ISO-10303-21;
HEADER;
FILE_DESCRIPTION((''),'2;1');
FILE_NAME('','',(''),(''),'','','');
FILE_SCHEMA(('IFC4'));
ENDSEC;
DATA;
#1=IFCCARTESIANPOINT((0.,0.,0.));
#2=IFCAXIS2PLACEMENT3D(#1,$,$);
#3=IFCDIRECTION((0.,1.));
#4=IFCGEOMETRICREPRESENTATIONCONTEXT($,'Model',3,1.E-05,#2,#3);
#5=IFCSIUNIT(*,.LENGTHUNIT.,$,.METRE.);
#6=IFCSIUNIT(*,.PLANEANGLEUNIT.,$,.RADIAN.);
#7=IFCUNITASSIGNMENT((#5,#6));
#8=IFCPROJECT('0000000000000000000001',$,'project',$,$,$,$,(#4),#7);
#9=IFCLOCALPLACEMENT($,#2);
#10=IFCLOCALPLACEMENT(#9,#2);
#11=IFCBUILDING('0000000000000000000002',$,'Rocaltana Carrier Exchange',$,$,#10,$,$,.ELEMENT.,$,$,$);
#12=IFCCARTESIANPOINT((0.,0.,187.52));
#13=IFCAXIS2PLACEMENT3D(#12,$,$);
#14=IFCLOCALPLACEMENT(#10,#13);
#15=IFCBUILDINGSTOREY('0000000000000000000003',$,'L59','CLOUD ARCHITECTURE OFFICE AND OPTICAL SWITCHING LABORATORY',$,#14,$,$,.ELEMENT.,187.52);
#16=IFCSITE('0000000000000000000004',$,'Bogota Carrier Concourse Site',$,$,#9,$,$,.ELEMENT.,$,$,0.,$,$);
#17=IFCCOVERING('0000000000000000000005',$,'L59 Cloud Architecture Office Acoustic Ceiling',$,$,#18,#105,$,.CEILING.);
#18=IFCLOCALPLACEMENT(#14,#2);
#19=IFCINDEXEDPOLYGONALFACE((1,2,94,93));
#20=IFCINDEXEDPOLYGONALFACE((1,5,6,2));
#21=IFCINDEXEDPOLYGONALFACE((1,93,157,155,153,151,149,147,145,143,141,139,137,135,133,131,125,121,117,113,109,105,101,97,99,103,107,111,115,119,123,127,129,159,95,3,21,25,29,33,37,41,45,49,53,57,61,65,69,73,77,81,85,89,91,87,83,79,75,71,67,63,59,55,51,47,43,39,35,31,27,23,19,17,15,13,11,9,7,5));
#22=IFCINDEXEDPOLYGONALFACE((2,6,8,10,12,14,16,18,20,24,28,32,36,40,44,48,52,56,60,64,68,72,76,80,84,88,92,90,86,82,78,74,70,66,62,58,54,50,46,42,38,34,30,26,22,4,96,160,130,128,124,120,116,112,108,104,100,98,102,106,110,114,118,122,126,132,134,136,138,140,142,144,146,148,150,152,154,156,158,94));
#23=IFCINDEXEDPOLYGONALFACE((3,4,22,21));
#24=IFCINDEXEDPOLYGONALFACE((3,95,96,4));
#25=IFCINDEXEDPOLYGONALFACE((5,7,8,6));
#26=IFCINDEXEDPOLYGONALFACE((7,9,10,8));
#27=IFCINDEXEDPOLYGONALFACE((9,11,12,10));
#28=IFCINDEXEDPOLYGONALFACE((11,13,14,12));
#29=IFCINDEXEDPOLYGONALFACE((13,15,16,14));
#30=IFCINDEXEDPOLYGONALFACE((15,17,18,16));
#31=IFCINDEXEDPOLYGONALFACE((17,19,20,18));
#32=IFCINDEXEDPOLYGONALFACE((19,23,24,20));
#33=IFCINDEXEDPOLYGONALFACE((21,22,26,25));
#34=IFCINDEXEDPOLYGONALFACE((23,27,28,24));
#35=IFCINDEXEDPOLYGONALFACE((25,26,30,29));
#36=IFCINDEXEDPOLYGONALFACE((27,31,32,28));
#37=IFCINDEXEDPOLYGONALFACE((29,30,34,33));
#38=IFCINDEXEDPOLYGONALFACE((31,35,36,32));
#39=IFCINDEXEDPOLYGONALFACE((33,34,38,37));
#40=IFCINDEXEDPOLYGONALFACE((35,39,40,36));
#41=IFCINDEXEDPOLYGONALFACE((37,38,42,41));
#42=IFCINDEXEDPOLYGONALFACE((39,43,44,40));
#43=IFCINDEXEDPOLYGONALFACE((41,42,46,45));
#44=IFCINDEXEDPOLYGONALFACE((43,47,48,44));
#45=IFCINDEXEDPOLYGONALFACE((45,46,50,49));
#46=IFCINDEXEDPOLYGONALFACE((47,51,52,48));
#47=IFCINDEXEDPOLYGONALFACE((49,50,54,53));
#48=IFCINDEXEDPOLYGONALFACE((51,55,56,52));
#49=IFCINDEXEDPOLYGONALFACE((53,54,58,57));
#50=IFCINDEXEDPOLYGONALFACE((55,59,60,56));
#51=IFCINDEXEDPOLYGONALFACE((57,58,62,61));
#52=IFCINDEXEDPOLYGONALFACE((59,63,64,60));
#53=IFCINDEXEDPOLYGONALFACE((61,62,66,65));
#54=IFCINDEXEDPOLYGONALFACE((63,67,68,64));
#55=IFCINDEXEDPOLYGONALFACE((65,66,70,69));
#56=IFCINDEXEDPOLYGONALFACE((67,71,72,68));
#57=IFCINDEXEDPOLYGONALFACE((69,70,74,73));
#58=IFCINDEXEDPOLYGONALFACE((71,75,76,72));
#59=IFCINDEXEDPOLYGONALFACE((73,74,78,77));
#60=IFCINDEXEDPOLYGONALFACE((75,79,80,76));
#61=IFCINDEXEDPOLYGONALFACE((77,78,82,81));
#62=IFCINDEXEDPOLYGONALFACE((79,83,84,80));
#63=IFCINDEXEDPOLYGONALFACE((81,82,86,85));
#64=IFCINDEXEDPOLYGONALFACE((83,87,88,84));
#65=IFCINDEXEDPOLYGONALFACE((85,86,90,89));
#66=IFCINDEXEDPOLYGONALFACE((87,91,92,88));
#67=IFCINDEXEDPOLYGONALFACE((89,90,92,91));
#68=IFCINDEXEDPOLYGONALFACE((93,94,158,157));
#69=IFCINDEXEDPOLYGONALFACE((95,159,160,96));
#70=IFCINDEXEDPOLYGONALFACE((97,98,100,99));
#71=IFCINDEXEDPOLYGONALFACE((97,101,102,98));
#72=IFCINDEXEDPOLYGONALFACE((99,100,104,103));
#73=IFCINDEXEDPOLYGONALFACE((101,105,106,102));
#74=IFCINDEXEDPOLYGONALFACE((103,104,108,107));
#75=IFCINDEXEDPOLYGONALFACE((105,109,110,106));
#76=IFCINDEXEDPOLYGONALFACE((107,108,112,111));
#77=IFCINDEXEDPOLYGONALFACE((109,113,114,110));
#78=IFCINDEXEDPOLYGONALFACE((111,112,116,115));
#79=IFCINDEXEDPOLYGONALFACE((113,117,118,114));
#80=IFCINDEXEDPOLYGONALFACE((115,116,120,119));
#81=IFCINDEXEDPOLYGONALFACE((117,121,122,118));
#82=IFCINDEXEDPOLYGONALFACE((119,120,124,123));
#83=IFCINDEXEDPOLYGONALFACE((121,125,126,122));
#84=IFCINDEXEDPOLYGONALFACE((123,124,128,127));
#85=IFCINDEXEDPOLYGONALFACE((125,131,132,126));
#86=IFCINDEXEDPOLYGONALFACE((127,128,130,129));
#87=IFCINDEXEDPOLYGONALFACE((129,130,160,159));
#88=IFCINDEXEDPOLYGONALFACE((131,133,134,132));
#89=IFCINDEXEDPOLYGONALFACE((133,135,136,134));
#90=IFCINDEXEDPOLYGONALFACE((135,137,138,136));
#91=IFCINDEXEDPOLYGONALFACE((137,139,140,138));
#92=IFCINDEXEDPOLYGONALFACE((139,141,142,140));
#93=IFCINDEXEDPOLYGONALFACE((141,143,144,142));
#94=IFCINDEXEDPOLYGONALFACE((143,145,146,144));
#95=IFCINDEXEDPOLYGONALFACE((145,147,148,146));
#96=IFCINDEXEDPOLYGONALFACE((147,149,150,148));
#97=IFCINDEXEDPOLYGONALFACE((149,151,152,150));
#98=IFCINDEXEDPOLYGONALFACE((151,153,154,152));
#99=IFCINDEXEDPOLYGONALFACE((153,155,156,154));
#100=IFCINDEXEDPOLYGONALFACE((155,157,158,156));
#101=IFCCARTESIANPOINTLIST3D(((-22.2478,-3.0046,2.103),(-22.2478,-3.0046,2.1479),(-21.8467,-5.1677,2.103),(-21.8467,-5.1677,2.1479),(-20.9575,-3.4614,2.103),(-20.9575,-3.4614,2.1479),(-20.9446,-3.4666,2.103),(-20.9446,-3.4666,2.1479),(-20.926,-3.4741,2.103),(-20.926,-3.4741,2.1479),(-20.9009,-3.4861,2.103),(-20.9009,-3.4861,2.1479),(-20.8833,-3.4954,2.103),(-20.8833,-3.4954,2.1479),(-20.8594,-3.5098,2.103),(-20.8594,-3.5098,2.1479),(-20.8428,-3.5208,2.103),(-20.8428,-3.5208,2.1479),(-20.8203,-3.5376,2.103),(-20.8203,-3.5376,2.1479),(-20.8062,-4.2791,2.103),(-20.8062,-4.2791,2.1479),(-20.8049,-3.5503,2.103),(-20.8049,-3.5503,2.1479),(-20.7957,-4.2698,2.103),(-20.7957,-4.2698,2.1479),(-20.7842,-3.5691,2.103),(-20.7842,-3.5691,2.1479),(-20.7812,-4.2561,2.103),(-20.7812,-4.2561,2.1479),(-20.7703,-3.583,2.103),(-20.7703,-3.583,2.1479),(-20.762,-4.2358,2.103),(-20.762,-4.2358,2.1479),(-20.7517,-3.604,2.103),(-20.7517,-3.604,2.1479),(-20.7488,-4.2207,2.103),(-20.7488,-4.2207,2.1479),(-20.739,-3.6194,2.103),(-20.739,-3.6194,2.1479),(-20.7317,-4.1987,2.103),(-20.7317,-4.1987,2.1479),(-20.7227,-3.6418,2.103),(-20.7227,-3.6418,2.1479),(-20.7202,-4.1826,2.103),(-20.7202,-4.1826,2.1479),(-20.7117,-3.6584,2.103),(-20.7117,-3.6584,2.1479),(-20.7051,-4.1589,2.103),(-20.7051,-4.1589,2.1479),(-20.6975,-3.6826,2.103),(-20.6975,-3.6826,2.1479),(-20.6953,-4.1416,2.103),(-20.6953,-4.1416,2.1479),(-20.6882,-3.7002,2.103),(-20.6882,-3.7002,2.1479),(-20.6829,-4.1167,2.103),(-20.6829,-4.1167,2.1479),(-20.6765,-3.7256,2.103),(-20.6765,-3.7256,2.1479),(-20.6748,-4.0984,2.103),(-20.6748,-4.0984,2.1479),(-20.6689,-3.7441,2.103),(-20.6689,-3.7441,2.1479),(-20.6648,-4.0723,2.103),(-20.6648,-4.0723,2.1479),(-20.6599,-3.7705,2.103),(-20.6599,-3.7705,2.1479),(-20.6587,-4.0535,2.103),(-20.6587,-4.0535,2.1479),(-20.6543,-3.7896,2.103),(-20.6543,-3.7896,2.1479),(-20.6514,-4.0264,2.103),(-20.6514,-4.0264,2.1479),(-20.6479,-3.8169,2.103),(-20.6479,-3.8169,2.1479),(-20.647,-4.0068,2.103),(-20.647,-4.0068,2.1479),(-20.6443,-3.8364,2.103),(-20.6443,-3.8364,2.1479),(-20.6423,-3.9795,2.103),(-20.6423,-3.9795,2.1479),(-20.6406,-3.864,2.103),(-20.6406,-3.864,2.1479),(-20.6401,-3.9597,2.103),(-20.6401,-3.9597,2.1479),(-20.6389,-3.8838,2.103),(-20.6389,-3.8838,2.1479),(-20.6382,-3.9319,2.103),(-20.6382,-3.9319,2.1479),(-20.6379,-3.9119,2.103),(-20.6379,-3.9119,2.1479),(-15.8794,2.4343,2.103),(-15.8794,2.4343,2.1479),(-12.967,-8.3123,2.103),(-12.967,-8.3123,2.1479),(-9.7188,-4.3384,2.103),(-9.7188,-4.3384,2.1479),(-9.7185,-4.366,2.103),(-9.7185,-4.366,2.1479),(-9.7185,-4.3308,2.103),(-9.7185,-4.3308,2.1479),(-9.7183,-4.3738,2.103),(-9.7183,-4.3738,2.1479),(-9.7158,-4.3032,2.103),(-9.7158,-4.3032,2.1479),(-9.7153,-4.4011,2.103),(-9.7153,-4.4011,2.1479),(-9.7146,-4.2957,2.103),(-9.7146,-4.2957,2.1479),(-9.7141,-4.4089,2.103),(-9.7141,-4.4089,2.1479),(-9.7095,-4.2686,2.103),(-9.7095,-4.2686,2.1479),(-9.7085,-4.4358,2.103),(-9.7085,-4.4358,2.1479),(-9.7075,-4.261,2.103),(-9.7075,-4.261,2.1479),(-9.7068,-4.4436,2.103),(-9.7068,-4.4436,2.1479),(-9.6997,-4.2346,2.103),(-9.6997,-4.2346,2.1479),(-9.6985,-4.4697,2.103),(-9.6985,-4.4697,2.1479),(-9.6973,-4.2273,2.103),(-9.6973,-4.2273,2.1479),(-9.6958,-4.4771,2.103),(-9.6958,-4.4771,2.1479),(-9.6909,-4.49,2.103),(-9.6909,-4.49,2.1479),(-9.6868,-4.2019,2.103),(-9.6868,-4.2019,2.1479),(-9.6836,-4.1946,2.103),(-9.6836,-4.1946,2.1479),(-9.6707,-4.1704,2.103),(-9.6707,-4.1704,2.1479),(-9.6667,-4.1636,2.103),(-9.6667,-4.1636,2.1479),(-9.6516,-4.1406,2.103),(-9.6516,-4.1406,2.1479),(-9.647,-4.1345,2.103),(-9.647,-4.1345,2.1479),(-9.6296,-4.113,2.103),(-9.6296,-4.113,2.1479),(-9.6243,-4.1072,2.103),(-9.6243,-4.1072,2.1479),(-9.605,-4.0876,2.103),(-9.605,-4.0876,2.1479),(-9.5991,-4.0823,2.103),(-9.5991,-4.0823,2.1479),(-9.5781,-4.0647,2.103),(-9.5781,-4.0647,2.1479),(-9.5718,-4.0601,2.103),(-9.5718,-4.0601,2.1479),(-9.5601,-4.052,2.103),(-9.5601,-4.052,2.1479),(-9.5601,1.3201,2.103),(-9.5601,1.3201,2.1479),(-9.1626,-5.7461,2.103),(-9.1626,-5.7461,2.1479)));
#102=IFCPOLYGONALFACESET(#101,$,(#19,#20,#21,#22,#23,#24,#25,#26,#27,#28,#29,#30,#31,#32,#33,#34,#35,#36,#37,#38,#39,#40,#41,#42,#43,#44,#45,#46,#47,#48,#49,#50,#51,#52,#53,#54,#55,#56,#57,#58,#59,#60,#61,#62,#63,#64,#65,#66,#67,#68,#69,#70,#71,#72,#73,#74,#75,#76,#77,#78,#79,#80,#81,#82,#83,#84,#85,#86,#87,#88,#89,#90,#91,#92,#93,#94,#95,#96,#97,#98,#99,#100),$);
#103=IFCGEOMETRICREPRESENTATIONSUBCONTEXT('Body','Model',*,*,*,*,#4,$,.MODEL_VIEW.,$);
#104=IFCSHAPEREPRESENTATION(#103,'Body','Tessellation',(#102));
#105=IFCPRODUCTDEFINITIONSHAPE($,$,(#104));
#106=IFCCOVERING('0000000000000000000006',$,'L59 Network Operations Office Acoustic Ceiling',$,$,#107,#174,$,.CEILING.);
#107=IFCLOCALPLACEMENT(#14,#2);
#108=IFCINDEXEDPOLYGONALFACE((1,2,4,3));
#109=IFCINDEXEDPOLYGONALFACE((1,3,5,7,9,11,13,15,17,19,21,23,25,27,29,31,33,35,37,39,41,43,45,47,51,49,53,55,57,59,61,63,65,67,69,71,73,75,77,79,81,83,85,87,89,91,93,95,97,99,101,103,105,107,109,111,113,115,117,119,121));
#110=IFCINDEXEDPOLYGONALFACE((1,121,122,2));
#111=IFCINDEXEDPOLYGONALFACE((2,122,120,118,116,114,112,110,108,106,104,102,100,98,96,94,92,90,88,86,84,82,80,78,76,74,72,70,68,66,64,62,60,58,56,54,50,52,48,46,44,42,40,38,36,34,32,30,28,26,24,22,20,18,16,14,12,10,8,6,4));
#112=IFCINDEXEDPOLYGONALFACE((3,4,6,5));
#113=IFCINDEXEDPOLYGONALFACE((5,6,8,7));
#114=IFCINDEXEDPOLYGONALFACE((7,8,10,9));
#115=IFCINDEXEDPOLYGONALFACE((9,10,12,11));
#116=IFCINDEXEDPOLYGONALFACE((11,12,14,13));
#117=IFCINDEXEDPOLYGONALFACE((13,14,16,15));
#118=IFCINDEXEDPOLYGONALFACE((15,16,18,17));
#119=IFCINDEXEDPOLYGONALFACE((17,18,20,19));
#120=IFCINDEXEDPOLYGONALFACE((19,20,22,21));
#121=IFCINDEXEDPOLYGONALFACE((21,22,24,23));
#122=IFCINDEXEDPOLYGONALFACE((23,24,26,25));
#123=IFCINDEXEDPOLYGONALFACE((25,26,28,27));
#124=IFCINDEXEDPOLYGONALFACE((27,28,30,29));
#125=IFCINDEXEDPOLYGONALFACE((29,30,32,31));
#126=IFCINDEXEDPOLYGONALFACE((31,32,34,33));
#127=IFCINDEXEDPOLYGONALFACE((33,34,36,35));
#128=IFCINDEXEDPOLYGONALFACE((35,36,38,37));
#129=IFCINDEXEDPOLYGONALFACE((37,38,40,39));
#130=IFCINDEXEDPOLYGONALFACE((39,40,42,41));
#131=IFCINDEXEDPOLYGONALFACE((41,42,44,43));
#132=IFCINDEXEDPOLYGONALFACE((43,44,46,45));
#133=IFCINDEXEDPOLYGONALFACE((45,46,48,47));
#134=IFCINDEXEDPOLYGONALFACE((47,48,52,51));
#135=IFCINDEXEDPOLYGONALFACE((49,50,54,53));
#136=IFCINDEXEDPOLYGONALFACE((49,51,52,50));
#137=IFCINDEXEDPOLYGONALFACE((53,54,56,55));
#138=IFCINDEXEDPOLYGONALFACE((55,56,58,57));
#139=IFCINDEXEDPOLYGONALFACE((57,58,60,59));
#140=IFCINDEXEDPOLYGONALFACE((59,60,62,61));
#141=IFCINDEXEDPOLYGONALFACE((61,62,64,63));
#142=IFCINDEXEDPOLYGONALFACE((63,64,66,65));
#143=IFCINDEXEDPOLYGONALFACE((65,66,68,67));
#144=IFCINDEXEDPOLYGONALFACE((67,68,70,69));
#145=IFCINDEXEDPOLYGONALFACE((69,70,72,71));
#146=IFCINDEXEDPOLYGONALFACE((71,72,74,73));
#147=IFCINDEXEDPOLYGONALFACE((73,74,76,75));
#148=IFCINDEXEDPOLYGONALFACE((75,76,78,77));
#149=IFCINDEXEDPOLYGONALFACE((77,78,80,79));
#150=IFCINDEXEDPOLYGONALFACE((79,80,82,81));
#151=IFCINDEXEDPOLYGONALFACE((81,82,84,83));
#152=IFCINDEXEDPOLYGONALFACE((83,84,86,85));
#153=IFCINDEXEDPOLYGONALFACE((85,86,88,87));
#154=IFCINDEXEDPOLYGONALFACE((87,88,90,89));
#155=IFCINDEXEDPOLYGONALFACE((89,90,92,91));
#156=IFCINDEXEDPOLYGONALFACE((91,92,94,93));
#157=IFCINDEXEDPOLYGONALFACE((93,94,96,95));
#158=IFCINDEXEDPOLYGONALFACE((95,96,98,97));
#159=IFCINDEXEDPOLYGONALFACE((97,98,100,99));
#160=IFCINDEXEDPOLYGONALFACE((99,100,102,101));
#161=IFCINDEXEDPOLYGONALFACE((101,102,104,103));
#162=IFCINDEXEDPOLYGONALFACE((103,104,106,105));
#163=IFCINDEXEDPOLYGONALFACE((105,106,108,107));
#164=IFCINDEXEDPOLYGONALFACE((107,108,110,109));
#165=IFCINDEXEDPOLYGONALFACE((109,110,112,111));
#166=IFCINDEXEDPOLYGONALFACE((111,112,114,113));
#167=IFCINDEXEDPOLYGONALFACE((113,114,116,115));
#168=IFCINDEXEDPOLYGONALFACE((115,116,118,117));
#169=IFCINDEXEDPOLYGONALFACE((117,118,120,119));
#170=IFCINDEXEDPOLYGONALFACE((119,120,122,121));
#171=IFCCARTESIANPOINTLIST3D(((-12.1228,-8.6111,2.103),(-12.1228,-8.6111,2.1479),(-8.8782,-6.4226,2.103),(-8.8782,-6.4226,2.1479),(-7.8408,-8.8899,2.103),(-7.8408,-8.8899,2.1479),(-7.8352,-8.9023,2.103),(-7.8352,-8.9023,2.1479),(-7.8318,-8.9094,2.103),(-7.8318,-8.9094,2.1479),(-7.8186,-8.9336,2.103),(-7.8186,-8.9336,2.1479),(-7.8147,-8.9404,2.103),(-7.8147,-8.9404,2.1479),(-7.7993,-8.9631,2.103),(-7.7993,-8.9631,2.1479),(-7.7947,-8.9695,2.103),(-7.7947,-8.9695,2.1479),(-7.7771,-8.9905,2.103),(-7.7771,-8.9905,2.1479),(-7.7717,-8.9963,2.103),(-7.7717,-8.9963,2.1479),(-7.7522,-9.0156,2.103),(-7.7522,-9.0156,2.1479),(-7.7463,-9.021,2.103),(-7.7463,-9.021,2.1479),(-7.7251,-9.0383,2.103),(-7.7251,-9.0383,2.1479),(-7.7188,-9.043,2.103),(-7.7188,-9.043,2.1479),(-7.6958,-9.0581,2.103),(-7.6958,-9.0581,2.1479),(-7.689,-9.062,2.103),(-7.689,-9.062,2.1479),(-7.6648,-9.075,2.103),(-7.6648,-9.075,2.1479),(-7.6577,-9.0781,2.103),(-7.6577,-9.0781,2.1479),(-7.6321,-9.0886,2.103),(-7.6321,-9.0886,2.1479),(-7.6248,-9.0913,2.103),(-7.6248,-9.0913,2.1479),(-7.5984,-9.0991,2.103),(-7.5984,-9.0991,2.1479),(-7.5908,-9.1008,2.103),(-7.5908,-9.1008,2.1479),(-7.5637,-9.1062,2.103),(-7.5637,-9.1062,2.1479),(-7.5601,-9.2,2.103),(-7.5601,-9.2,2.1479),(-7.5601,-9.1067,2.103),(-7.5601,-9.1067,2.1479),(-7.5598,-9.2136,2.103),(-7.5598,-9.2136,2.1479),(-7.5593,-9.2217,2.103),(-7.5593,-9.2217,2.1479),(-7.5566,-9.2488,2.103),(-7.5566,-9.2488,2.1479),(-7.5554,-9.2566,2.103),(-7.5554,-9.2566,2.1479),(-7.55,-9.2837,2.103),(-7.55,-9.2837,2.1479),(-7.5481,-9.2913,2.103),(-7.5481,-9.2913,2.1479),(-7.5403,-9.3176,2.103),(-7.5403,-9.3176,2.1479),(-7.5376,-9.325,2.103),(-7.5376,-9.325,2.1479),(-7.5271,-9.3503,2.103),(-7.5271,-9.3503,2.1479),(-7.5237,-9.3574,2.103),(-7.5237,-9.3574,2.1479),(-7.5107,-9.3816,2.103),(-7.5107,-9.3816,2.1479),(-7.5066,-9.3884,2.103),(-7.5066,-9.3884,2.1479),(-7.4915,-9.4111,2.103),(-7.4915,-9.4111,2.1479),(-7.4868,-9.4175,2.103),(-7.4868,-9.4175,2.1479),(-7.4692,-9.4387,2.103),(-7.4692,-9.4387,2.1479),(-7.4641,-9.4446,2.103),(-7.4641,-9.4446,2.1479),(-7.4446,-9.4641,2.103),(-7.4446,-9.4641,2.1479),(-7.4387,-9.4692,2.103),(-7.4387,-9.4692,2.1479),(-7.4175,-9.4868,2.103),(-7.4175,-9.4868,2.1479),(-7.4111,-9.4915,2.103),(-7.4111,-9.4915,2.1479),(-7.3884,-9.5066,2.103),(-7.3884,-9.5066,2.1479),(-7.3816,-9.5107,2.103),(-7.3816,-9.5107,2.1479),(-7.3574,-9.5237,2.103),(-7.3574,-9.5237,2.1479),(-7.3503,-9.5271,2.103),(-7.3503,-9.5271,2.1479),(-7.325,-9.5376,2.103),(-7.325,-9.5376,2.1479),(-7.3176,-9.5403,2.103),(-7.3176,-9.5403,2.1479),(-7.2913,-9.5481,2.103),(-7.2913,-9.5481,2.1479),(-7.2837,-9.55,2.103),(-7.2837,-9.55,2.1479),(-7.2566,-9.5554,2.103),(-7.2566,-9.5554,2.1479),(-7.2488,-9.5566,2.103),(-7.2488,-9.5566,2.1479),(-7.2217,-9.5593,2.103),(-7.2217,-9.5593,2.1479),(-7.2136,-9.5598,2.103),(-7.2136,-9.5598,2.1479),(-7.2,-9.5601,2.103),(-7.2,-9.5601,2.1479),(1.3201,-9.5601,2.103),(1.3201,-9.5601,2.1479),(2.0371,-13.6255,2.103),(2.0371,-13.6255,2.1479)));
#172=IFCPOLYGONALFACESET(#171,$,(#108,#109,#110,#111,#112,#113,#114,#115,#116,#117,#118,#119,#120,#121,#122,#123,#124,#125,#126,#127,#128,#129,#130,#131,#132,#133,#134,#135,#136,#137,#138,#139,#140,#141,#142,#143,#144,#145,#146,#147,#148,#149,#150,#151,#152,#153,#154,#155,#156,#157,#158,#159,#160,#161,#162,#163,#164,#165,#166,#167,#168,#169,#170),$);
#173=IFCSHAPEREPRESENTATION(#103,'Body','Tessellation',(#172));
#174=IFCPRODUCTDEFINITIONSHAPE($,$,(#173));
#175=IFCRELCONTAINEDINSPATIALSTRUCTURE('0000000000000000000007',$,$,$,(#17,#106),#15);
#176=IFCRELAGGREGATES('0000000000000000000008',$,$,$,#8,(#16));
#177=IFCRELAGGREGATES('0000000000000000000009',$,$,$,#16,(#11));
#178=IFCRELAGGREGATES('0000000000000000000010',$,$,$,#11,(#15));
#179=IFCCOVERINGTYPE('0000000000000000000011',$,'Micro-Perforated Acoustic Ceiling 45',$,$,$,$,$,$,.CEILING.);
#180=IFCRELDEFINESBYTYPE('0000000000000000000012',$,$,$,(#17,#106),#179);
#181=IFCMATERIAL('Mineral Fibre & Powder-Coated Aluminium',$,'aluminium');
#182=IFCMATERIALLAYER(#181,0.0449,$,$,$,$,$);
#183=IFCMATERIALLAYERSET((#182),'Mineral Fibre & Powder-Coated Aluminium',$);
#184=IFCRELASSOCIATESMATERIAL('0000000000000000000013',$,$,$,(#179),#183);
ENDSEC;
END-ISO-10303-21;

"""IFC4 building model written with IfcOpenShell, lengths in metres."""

from ifc_helpers import new_model, si_unit, direction, frame, origin, place, context, subcontext, project, spatial, polyline, outline, extrude, material, layer, layer_set, type_object, element, save


model = new_model("IFC4")

# Units and contexts
model_context = context("Model", 3, precision=1e-05, world=origin(), true_north=direction((0.0, 1.0)))
body_context = subcontext(model_context, "Body", "Model", "MODEL_VIEW")
ifc_project = project(units=[si_unit("LENGTHUNIT", "METRE"), si_unit("PLANEANGLEUNIT", "RADIAN")], contexts=[model_context])

# Site, building, storey
site_placement = place(None, origin())
site = spatial("IfcSite", under=ifc_project, at=site_placement, Name="Bogota Carrier Concourse Site", CompositionType="ELEMENT", RefElevation=0.0)
building_placement = place(site_placement, origin())
building = spatial("IfcBuilding", under=site, at=building_placement, Name="Rocaltana Carrier Exchange", CompositionType="ELEMENT")
storey_placement = place(building_placement, frame((0.0, 0.0, 187.52)))
storey = spatial("IfcBuildingStorey", under=building, at=storey_placement, Name="L59", Description="CLOUD ARCHITECTURE OFFICE AND OPTICAL SWITCHING LABORATORY", CompositionType="ELEMENT", Elevation=187.52)

# Coverings
ifc_material_1 = material(Name="Mineral Fibre & Powder-Coated Aluminium", Category="aluminium")
ifc_layer_1 = layer(ifc_material_1, 0.0449)
ifc_layer_set_1 = layer_set([ifc_layer_1], Name="Mineral Fibre & Powder-Coated Aluminium")
covering_type_1 = type_object("IfcCoveringType", Name="Micro-Perforated Acoustic Ceiling 45", PredefinedType="CEILING", material=ifc_layer_set_1)
covering_1_placement = place(storey_placement, frame((0.0, 0.0, 2.103)))
element("IfcCovering", 1, at=covering_1_placement, inside=storey, type_object=covering_type_1, Name="L59 Cloud Architecture Office Acoustic Ceiling", PredefinedType="CEILING", context=body_context, shape_type="SweptSolid", body=[
    extrude(outline(polyline([(-20.8062, -4.2791), (-20.7957, -4.2698), (-20.7812, -4.2561), (-20.762, -4.2358), (-20.7488, -4.2207), (-20.7317, -4.1987), (-20.7202, -4.1826), (-20.7051, -4.1589), (-20.6953, -4.1416), (-20.6829, -4.1167), (-20.6748, -4.0984), (-20.6648, -4.0723), (-20.6587, -4.0535), (-20.6514, -4.0264), (-20.647, -4.0068), (-20.6423, -3.9795), (-20.6401, -3.9597), (-20.6382, -3.9319), (-20.6379, -3.9119), (-20.6389, -3.8838), (-20.6406, -3.864), (-20.6443, -3.8364), (-20.6479, -3.8169), (-20.6543, -3.7896), (-20.6599, -3.7705), (-20.6689, -3.7441), (-20.6765, -3.7256), (-20.6882, -3.7002), (-20.6975, -3.6826), (-20.7117, -3.6584), (-20.7227, -3.6418), (-20.739, -3.6194), (-20.7517, -3.604), (-20.7703, -3.583), (-20.7842, -3.5691), (-20.8049, -3.5503), (-20.8203, -3.5376), (-20.8428, -3.5208), (-20.8594, -3.5098), (-20.8833, -3.4954), (-20.9009, -3.4861), (-20.926, -3.4741), (-20.9446, -3.4666), (-20.9575, -3.4614), (-22.2478, -3.0046), (-15.8794, 2.4343), (-9.5601, 1.3201), (-9.5601, -4.052), (-9.5718, -4.0601), (-9.5781, -4.0647), (-9.5991, -4.0823), (-9.605, -4.0876), (-9.6243, -4.1072), (-9.6296, -4.113), (-9.647, -4.1345), (-9.6516, -4.1406), (-9.6667, -4.1636), (-9.6707, -4.1704), (-9.6836, -4.1946), (-9.6868, -4.2019), (-9.6973, -4.2273), (-9.6997, -4.2346), (-9.7075, -4.261), (-9.7095, -4.2686), (-9.7146, -4.2957), (-9.7158, -4.3032), (-9.7185, -4.3308), (-9.7188, -4.3384), (-9.7185, -4.366), (-9.7183, -4.3738), (-9.7153, -4.4011), (-9.7141, -4.4089), (-9.7085, -4.4358), (-9.7068, -4.4436), (-9.6985, -4.4697), (-9.6958, -4.4771), (-9.6909, -4.49), (-9.1626, -5.7461), (-12.967, -8.3123), (-21.8467, -5.1677), (-20.8062, -4.2791)])), origin(), (0.0, 0.0, 1.0), 0.0449),
])
covering_2_placement = place(storey_placement, frame((0.0, 0.0, 2.103)))
element("IfcCovering", 2, at=covering_2_placement, inside=storey, type_object=covering_type_1, Name="L59 Network Operations Office Acoustic Ceiling", PredefinedType="CEILING", context=body_context, shape_type="SweptSolid", body=[
    extrude(outline(polyline([(-12.1228, -8.6111), (-8.8782, -6.4226), (-7.8408, -8.8899), (-7.8352, -8.9023), (-7.8318, -8.9094), (-7.8186, -8.9336), (-7.8147, -8.9404), (-7.7993, -8.9631), (-7.7947, -8.9695), (-7.7771, -8.9905), (-7.7717, -8.9963), (-7.7522, -9.0156), (-7.7463, -9.021), (-7.7251, -9.0383), (-7.7188, -9.043), (-7.6958, -9.0581), (-7.689, -9.062), (-7.6648, -9.075), (-7.6577, -9.0781), (-7.6321, -9.0886), (-7.6248, -9.0913), (-7.5984, -9.0991), (-7.5908, -9.1008), (-7.5637, -9.1062), (-7.5601, -9.1067), (-7.5601, -9.2), (-7.5598, -9.2136), (-7.5593, -9.2217), (-7.5566, -9.2488), (-7.5554, -9.2566), (-7.55, -9.2837), (-7.5481, -9.2913), (-7.5403, -9.3176), (-7.5376, -9.325), (-7.5271, -9.3503), (-7.5237, -9.3574), (-7.5107, -9.3816), (-7.5066, -9.3884), (-7.4915, -9.4111), (-7.4868, -9.4175), (-7.4692, -9.4387), (-7.4641, -9.4446), (-7.4446, -9.4641), (-7.4387, -9.4692), (-7.4175, -9.4868), (-7.4111, -9.4915), (-7.3884, -9.5066), (-7.3816, -9.5107), (-7.3574, -9.5237), (-7.3503, -9.5271), (-7.325, -9.5376), (-7.3176, -9.5403), (-7.2913, -9.5481), (-7.2837, -9.55), (-7.2566, -9.5554), (-7.2488, -9.5566), (-7.2217, -9.5593), (-7.2136, -9.5598), (-7.2, -9.5601), (1.3201, -9.5601), (2.0371, -13.6255), (-12.1228, -8.6111)])), origin(), (0.0, 0.0, 1.0), 0.0449),
])

save(model, "model.ifc")
